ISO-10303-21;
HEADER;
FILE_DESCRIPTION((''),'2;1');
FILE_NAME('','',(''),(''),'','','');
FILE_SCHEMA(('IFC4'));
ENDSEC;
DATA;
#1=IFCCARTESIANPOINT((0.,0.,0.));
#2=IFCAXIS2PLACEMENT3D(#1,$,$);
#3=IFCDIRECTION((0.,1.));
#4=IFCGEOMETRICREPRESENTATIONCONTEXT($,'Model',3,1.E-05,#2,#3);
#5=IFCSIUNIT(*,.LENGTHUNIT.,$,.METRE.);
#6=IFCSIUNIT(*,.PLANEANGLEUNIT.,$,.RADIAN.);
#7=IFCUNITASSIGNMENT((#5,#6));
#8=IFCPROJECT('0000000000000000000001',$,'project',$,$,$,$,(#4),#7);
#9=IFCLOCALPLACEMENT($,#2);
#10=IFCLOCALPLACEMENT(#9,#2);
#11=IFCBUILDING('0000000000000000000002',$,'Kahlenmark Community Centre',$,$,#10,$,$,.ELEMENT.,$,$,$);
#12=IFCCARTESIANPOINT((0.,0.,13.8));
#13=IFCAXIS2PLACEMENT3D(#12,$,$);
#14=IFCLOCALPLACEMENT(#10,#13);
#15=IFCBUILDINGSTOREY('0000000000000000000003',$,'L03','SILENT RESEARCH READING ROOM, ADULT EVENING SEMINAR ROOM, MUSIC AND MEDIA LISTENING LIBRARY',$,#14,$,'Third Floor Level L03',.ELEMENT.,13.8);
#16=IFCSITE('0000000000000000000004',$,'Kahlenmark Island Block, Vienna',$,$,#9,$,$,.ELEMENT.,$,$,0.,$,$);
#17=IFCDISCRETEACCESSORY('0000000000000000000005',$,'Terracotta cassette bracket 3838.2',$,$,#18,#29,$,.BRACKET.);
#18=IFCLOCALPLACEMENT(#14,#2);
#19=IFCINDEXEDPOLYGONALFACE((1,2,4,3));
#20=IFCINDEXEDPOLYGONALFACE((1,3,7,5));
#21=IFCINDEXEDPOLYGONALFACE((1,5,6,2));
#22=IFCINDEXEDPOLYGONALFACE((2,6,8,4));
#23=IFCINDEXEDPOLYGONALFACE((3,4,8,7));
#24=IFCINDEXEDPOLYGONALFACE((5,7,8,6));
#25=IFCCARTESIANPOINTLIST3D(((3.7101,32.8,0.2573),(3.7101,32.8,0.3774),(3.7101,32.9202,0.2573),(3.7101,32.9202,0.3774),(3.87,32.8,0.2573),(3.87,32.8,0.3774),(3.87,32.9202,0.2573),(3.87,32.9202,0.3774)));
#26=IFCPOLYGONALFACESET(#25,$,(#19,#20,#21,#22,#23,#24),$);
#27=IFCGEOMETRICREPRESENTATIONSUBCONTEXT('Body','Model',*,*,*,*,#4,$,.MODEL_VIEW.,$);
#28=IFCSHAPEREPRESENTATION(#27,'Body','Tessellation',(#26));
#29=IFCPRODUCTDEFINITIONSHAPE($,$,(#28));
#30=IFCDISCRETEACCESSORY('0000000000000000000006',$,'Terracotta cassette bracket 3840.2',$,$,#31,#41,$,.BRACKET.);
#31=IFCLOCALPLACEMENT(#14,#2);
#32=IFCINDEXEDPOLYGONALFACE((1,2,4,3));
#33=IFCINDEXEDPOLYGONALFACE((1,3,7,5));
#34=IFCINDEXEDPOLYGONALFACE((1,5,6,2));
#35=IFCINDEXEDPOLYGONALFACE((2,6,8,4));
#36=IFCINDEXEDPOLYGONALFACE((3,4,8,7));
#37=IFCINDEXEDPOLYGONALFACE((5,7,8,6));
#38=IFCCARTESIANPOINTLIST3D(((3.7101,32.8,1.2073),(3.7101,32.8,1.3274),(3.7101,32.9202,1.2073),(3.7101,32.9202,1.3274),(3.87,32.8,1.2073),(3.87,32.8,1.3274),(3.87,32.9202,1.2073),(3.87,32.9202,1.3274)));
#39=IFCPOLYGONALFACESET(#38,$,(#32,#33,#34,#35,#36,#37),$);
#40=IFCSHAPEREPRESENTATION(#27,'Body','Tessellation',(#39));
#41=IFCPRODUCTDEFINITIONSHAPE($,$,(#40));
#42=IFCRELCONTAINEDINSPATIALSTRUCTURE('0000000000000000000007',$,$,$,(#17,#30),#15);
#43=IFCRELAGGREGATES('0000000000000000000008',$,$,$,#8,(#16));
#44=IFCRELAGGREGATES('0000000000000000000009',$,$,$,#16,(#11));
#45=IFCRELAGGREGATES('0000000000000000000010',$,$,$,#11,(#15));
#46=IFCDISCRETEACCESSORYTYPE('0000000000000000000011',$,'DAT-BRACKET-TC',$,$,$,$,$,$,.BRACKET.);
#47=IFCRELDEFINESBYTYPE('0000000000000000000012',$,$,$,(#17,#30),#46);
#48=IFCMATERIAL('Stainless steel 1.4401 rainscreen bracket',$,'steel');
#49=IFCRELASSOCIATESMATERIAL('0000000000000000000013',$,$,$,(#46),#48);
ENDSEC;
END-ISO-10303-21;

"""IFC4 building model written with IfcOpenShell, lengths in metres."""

from ifc_helpers import new_model, si_unit, direction, frame, origin, origin_2d, place, context, subcontext, project, spatial, rectangle, extrude, material, type_object, element, save


model = new_model("IFC4")

# Units and contexts
model_context = context("Model", 3, precision=1e-05, world=origin(), true_north=direction((0.0, 1.0)))
body_context = subcontext(model_context, "Body", "Model", "MODEL_VIEW")
ifc_project = project(units=[si_unit("LENGTHUNIT", "METRE"), si_unit("PLANEANGLEUNIT", "RADIAN")], contexts=[model_context])

# Site, building, storey
site_placement = place(None, origin())
site = spatial("IfcSite", under=ifc_project, at=site_placement, Name="Kahlenmark Island Block, Vienna", CompositionType="ELEMENT", RefElevation=0.0)
building_placement = place(site_placement, origin())
building = spatial("IfcBuilding", under=site, at=building_placement, Name="Kahlenmark Community Centre", CompositionType="ELEMENT")
storey_placement = place(building_placement, frame((0.0, 0.0, 13.8)))
storey = spatial("IfcBuildingStorey", under=building, at=storey_placement, Name="L03", Description="SILENT RESEARCH READING ROOM, ADULT EVENING SEMINAR ROOM, MUSIC AND MEDIA LISTENING LIBRARY", LongName="Third Floor Level L03", CompositionType="ELEMENT", Elevation=13.8)

# Discrete accessories
ifc_material_1 = material(Name="Stainless steel 1.4401 rainscreen bracket", Category="steel")
discrete_accessory_type = type_object("IfcDiscreteAccessoryType", Name="DAT-BRACKET-TC", PredefinedType="BRACKET", material=ifc_material_1)
for number, where, z_axis, x_axis, name in (
    (1, (3.79, 32.8601, 0.2573), (0.0, 0.0, 1.0), (0.0, -1.0, 0.0), "Terracotta cassette bracket 3838.2"),
    (2, (3.79, 32.8601, 1.2073), (0.0, 0.0, 1.0), (0.0, -1.0, 0.0), "Terracotta cassette bracket 3840.2"),
):
    element("IfcDiscreteAccessory", number, at=place(storey_placement, frame(where, z_axis=z_axis, x_axis=x_axis)), inside=storey, type_object=discrete_accessory_type, Name=name, PredefinedType="BRACKET", context=body_context, shape_type="SweptSolid", body=[
        extrude(rectangle(XDim=0.1201, YDim=0.1599, at=origin_2d()), origin(), (0.0, 0.0, 1.0), 0.1201),
    ])

save(model, "model.ifc")
